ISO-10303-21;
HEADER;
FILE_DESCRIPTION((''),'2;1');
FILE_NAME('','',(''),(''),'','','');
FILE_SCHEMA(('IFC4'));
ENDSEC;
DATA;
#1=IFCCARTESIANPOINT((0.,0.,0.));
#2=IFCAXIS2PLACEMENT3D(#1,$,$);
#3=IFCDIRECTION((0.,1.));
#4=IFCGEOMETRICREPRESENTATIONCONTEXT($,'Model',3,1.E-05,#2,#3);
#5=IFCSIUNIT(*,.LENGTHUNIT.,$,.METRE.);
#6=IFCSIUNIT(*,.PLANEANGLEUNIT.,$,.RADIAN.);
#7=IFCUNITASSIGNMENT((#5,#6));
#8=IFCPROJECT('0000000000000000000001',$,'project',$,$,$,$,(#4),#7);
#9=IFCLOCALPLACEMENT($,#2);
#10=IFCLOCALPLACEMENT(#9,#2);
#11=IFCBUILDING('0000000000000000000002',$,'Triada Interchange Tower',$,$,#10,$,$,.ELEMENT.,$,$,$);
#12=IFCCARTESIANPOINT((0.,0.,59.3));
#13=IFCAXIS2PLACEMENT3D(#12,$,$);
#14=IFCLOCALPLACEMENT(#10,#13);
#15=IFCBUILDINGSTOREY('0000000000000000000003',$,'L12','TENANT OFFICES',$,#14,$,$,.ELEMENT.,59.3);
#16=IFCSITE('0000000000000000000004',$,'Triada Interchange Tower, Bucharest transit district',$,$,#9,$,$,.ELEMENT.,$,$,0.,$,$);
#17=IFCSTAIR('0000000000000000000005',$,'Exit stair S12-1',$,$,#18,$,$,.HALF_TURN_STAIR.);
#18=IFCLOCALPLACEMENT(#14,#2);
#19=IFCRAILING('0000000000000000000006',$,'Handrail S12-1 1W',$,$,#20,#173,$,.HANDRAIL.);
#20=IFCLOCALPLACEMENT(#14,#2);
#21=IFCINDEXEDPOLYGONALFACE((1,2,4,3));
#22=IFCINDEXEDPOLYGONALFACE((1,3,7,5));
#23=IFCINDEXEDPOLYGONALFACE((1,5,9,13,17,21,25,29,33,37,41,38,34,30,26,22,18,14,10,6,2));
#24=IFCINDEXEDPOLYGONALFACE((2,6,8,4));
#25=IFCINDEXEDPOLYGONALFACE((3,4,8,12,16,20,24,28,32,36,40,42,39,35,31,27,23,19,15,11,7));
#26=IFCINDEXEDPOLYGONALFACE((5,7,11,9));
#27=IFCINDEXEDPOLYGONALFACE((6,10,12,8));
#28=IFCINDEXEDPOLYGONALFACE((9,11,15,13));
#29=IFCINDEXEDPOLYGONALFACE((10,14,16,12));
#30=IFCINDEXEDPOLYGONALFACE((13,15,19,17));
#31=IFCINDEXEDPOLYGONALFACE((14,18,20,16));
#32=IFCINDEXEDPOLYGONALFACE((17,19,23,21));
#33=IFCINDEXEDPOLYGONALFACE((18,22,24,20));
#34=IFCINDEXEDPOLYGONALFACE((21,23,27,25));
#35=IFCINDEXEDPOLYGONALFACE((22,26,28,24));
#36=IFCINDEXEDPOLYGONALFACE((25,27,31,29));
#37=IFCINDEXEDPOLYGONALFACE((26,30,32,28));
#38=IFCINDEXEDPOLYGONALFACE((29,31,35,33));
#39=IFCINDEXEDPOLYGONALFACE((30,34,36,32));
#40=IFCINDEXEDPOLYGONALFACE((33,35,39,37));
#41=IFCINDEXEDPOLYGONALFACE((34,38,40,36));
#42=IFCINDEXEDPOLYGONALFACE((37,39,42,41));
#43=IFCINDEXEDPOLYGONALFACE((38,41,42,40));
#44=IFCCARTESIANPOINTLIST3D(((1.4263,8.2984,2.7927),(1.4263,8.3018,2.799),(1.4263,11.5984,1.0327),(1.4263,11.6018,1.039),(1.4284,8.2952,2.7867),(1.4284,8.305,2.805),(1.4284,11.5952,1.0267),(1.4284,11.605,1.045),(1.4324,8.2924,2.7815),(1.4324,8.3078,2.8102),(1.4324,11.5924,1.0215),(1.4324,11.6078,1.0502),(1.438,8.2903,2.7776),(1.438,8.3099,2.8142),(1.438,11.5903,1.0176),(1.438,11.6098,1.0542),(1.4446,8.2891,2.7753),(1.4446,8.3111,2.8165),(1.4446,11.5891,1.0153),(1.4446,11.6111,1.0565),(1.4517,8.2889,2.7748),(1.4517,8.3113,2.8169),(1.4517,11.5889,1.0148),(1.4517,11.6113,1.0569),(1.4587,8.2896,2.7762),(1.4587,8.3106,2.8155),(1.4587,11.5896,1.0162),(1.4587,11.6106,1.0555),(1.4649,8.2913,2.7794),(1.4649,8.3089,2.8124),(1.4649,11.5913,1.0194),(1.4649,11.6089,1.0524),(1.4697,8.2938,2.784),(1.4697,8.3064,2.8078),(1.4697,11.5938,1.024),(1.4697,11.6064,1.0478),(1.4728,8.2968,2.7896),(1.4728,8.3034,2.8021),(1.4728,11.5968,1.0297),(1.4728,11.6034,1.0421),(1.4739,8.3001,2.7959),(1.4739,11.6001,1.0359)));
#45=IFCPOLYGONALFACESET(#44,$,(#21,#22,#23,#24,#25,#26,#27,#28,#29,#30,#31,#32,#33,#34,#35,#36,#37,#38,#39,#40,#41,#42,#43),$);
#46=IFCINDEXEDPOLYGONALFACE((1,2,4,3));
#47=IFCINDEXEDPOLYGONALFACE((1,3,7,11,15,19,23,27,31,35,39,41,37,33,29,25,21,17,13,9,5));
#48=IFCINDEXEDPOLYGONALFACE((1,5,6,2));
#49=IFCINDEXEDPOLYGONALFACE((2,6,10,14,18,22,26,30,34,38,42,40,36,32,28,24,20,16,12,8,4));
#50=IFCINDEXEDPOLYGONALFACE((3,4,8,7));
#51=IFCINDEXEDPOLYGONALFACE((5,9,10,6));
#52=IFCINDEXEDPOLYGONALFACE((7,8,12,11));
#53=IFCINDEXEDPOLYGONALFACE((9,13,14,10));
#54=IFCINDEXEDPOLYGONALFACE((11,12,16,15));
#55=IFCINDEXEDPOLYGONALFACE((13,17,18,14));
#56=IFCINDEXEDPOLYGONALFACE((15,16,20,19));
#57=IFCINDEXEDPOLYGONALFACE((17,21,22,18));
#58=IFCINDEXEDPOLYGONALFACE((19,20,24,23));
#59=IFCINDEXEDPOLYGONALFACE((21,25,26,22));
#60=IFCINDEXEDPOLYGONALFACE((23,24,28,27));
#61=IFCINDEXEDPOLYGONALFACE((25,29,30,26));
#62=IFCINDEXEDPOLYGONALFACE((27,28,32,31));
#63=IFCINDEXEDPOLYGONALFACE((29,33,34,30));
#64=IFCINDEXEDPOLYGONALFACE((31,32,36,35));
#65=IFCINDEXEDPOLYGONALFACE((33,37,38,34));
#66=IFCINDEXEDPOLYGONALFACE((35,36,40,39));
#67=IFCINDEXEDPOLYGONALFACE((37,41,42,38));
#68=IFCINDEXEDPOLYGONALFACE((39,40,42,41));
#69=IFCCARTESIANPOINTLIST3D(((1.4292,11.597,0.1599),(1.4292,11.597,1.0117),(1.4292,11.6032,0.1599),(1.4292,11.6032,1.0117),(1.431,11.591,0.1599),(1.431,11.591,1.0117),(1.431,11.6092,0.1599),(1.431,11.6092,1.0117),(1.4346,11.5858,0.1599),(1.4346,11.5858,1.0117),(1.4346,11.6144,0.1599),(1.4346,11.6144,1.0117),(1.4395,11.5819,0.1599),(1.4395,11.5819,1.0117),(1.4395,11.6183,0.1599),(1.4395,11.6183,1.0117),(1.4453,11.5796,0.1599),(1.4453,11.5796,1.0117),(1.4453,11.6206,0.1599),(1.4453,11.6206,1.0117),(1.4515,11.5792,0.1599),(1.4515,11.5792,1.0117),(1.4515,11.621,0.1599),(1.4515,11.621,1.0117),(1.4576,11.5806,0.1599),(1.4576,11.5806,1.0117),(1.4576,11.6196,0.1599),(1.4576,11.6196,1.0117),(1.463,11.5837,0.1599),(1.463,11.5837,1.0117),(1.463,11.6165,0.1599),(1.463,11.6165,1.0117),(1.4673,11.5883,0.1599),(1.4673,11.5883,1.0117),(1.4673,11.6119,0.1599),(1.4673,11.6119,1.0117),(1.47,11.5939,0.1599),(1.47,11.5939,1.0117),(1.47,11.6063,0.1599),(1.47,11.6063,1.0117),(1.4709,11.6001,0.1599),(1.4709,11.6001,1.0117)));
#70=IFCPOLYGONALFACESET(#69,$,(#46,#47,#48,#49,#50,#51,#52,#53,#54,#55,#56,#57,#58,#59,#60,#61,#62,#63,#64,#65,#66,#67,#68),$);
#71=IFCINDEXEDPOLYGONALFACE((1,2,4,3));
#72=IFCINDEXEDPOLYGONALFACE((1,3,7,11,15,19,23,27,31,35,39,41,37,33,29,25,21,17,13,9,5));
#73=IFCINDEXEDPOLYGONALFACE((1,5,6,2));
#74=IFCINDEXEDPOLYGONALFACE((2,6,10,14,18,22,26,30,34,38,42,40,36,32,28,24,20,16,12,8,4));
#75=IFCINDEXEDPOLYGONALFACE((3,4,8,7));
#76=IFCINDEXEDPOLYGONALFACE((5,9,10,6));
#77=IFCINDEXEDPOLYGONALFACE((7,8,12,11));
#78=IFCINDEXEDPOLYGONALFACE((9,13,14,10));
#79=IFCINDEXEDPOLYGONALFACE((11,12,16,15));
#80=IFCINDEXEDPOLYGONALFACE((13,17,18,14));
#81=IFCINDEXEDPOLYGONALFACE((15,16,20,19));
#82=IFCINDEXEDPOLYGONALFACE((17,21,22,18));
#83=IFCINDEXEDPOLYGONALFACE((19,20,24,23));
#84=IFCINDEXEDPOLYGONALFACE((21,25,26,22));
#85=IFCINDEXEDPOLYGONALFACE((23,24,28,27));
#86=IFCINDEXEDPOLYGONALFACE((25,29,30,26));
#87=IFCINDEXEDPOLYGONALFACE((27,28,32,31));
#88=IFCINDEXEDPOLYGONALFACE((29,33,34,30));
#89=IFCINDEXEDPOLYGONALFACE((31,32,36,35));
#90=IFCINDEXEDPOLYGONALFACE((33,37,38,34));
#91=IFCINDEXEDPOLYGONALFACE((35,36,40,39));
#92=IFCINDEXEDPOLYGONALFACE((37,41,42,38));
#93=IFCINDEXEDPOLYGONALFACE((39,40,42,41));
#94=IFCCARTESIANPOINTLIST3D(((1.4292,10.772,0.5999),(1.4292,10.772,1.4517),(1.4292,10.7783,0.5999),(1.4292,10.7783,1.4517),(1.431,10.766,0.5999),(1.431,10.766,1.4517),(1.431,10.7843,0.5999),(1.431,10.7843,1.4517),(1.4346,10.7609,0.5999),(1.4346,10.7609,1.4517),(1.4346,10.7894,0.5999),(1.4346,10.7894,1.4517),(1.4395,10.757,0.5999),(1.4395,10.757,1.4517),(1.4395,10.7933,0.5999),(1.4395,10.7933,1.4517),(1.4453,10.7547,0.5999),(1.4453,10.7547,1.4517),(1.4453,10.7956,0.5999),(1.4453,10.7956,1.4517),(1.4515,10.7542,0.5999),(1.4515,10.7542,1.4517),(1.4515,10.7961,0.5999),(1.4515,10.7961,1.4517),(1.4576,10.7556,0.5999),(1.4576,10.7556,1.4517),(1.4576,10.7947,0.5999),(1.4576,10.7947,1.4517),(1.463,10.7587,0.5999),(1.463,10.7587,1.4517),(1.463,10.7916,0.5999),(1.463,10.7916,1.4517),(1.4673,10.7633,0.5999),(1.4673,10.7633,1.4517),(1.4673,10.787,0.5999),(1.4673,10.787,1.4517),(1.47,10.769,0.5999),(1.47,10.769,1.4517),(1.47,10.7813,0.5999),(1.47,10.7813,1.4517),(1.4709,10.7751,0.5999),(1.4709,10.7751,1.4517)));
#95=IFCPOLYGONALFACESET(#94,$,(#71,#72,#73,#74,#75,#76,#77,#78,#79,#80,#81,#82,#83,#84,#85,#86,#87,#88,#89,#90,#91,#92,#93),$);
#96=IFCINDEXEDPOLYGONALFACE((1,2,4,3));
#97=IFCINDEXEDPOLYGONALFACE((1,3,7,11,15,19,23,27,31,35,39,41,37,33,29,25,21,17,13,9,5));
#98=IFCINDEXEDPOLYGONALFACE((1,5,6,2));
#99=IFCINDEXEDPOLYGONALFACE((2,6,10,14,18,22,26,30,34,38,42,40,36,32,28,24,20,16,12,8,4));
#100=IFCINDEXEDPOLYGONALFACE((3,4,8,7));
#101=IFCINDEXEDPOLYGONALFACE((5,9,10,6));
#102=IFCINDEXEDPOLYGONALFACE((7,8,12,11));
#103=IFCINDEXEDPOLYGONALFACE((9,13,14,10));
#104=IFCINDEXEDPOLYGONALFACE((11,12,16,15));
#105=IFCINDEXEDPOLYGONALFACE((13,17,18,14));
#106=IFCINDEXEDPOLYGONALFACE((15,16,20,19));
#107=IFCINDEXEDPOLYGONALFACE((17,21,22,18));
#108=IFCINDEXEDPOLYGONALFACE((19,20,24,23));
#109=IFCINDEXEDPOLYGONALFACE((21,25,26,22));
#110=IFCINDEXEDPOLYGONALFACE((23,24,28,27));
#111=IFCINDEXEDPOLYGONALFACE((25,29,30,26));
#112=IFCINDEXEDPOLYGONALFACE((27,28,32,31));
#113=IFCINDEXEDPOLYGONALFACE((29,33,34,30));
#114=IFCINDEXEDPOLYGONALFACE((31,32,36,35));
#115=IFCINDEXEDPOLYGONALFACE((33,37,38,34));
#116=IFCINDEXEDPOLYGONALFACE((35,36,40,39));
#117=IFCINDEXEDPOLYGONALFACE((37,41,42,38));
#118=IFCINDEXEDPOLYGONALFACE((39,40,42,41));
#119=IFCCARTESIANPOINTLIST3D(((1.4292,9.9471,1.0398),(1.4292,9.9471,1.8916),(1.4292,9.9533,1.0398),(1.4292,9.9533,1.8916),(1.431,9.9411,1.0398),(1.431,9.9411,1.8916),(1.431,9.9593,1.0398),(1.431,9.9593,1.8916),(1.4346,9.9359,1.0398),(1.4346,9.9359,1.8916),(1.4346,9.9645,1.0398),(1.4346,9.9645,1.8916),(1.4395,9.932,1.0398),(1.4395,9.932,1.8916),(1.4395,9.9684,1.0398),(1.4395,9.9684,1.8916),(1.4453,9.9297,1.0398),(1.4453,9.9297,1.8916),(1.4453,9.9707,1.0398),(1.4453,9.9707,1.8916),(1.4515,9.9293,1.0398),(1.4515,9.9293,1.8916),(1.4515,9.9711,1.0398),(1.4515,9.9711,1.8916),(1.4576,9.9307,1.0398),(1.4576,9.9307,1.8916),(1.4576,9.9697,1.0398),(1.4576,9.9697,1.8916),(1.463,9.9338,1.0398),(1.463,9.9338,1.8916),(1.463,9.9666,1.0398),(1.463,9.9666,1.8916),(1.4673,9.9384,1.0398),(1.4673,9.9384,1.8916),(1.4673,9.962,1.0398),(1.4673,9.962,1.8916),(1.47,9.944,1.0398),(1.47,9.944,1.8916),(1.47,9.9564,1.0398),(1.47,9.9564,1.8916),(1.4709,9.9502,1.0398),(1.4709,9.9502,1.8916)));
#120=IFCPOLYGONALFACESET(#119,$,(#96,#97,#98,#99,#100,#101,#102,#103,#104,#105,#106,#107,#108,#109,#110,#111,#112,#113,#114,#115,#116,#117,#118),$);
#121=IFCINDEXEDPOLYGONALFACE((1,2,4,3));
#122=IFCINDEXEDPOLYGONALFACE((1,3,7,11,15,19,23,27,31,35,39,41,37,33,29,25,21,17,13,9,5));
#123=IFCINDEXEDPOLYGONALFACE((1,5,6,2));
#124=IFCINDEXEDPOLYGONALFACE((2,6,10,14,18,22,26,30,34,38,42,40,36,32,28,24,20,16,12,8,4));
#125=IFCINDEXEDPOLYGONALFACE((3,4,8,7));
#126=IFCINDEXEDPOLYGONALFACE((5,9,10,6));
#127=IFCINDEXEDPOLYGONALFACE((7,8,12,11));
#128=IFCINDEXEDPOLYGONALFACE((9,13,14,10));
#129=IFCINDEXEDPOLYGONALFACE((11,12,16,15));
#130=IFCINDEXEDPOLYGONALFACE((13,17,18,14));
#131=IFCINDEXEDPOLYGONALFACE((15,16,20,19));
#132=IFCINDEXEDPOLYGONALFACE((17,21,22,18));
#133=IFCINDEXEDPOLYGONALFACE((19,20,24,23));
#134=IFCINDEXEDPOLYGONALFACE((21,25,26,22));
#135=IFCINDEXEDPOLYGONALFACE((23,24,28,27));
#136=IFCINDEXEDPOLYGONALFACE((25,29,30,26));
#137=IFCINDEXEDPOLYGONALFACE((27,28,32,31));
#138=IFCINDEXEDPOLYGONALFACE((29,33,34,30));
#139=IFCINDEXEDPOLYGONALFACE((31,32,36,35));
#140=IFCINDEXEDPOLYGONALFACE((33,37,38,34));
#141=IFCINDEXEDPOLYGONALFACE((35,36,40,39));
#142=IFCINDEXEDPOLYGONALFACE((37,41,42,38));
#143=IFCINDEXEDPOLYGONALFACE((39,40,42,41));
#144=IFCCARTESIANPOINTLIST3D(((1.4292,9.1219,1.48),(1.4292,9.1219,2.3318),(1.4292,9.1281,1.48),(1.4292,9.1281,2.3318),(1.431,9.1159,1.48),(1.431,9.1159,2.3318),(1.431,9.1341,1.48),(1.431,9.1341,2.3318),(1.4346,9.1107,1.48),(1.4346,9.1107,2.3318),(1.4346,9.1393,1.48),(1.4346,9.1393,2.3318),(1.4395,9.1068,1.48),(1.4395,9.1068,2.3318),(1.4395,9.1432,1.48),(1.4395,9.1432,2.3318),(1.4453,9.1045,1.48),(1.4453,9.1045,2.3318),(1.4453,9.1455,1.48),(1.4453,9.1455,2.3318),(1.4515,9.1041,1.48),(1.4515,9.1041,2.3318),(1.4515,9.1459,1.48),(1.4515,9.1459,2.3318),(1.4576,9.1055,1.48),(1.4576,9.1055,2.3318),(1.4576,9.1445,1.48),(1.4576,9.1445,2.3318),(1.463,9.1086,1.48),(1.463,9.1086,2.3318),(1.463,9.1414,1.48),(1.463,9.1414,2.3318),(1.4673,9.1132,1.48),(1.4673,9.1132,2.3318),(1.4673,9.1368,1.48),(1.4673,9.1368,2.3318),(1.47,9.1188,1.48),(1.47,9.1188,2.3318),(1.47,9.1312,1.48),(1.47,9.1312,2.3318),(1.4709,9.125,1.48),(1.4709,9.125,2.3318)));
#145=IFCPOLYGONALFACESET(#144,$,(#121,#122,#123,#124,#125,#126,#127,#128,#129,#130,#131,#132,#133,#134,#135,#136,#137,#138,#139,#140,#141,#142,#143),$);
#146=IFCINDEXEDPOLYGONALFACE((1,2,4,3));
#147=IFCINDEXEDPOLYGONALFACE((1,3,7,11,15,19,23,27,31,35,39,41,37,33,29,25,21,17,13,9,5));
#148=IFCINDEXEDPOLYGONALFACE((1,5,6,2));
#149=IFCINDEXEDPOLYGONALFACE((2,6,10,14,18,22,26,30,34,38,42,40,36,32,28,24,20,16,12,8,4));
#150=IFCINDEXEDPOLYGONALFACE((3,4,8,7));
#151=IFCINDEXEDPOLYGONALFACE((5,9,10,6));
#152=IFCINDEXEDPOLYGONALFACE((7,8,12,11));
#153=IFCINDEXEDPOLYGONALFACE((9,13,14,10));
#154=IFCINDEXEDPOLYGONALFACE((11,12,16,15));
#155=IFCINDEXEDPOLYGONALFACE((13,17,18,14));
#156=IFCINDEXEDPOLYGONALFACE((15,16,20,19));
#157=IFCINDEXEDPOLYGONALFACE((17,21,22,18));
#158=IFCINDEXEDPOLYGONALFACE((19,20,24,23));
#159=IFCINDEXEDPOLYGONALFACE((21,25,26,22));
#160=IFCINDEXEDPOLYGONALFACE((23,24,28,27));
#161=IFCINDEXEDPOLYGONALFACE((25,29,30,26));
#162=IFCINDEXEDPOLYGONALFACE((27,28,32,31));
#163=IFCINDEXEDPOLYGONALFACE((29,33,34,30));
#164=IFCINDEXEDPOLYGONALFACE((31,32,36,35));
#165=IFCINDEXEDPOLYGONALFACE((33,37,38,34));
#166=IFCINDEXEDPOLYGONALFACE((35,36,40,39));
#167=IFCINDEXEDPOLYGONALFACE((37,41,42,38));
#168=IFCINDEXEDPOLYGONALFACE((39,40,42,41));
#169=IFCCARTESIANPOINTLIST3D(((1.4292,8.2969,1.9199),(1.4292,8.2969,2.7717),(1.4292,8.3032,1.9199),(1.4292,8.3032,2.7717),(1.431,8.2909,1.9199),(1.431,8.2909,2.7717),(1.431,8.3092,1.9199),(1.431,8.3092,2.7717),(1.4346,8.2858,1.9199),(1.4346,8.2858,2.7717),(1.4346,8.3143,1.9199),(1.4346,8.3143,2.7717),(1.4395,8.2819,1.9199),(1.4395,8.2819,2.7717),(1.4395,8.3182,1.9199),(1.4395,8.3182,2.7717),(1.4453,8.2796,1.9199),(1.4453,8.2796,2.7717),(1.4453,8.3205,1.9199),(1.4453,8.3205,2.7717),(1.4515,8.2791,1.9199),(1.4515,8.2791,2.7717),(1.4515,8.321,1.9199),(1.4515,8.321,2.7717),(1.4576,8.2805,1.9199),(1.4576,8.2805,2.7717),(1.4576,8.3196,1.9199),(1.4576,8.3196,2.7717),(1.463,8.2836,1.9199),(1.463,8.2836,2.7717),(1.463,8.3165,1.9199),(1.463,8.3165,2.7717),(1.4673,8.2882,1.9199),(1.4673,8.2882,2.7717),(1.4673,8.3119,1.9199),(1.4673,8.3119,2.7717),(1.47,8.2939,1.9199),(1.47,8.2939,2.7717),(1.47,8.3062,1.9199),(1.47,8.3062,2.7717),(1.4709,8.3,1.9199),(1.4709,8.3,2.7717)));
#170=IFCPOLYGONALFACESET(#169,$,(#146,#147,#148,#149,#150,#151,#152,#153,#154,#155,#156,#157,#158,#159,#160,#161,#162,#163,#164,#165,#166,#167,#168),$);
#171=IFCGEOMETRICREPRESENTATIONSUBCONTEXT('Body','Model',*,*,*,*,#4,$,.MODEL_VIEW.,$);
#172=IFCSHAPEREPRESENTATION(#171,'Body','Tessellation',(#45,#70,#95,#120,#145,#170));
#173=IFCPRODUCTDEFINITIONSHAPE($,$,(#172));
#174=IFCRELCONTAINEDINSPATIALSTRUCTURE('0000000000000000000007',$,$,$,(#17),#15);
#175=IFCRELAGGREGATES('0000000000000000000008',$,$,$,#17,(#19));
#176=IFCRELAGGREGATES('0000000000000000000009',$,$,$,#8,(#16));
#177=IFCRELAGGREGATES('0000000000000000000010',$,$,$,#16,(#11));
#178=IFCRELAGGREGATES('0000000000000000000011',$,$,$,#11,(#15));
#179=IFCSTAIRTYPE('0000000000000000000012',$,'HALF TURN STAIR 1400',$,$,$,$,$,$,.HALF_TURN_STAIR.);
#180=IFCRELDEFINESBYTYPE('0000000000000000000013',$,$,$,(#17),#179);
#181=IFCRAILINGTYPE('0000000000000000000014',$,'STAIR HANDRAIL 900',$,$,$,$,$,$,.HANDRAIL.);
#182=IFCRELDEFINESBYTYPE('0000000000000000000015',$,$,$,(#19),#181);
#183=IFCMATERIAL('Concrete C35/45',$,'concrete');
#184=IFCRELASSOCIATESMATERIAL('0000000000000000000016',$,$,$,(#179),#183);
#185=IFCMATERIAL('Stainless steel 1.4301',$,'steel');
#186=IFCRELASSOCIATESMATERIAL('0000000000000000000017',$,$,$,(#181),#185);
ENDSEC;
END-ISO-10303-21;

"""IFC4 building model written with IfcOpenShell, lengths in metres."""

from ifc_helpers import new_model, si_unit, direction, frame, origin, origin_2d, place, context, subcontext, project, spatial, circle, extrude, material, type_object, element, aggregate, save


model = new_model("IFC4")

# Units and contexts
model_context = context("Model", 3, precision=1e-05, world=origin(), true_north=direction((0.0, 1.0)))
body_context = subcontext(model_context, "Body", "Model", "MODEL_VIEW")
ifc_project = project(units=[si_unit("LENGTHUNIT", "METRE"), si_unit("PLANEANGLEUNIT", "RADIAN")], contexts=[model_context])

# Site, building, storey
site_placement = place(None, origin())
site = spatial("IfcSite", under=ifc_project, at=site_placement, Name="Triada Interchange Tower, Bucharest transit district", CompositionType="ELEMENT", RefElevation=0.0)
building_placement = place(site_placement, origin())
building = spatial("IfcBuilding", under=site, at=building_placement, Name="Triada Interchange Tower", CompositionType="ELEMENT")
storey_placement = place(building_placement, frame((0.0, 0.0, 59.3)))
storey = spatial("IfcBuildingStorey", under=building, at=storey_placement, Name="L12", Description="TENANT OFFICES", CompositionType="ELEMENT", Elevation=59.3)

# Stair
ifc_material_1 = material(Name="Concrete C35/45", Category="concrete")
stair_type = type_object("IfcStairType", Name="HALF TURN STAIR 1400", PredefinedType="HALF_TURN_STAIR", material=ifc_material_1)
stair_1_placement = place(storey_placement, origin())
stair_1 = element("IfcStair", 1, at=stair_1_placement, inside=storey, type_object=stair_type, Name="Exit stair S12-1", PredefinedType="HALF_TURN_STAIR")

# Railing
ifc_material_2 = material(Name="Stainless steel 1.4301", Category="steel")
railing_type = type_object("IfcRailingType", Name="STAIR HANDRAIL 900", PredefinedType="HANDRAIL", material=ifc_material_2)
railing_1_placement = place(storey_placement, frame((1.45, 11.6001, 0.1599)))
railing_1 = element("IfcRailing", 2, at=railing_1_placement, type_object=railing_type, Name="Handrail S12-1 1W", PredefinedType="HANDRAIL", context=body_context, shape_type="SweptSolid", body=[
    extrude(circle(Radius=0.0239, at=origin_2d()), frame((0.0, 0.0, 0.876), z_axis=(0.0, -0.882355, 0.470585), x_axis=(1.0, 0.0, 0.0)), (0.0, 0.0, 1.0), 3.74),
    extrude(circle(Radius=0.021, at=origin_2d()), origin(), (0.0, 0.0, 1.0), 0.8518),
    extrude(circle(Radius=0.021, at=origin_2d()), frame((0.0, -0.825, 0.4399)), (0.0, 0.0, 1.0), 0.8518),
    extrude(circle(Radius=0.021, at=origin_2d()), frame((0.0, -1.6499, 0.8799)), (0.0, 0.0, 1.0), 0.8518),
    extrude(circle(Radius=0.021, at=origin_2d()), frame((0.0, -2.4751, 1.3201)), (0.0, 0.0, 1.0), 0.8518),
    extrude(circle(Radius=0.021, at=origin_2d()), frame((0.0, -3.3, 1.76)), (0.0, 0.0, 1.0), 0.8518),
])
aggregate(stair_1, [railing_1])

save(model, "model.ifc")
